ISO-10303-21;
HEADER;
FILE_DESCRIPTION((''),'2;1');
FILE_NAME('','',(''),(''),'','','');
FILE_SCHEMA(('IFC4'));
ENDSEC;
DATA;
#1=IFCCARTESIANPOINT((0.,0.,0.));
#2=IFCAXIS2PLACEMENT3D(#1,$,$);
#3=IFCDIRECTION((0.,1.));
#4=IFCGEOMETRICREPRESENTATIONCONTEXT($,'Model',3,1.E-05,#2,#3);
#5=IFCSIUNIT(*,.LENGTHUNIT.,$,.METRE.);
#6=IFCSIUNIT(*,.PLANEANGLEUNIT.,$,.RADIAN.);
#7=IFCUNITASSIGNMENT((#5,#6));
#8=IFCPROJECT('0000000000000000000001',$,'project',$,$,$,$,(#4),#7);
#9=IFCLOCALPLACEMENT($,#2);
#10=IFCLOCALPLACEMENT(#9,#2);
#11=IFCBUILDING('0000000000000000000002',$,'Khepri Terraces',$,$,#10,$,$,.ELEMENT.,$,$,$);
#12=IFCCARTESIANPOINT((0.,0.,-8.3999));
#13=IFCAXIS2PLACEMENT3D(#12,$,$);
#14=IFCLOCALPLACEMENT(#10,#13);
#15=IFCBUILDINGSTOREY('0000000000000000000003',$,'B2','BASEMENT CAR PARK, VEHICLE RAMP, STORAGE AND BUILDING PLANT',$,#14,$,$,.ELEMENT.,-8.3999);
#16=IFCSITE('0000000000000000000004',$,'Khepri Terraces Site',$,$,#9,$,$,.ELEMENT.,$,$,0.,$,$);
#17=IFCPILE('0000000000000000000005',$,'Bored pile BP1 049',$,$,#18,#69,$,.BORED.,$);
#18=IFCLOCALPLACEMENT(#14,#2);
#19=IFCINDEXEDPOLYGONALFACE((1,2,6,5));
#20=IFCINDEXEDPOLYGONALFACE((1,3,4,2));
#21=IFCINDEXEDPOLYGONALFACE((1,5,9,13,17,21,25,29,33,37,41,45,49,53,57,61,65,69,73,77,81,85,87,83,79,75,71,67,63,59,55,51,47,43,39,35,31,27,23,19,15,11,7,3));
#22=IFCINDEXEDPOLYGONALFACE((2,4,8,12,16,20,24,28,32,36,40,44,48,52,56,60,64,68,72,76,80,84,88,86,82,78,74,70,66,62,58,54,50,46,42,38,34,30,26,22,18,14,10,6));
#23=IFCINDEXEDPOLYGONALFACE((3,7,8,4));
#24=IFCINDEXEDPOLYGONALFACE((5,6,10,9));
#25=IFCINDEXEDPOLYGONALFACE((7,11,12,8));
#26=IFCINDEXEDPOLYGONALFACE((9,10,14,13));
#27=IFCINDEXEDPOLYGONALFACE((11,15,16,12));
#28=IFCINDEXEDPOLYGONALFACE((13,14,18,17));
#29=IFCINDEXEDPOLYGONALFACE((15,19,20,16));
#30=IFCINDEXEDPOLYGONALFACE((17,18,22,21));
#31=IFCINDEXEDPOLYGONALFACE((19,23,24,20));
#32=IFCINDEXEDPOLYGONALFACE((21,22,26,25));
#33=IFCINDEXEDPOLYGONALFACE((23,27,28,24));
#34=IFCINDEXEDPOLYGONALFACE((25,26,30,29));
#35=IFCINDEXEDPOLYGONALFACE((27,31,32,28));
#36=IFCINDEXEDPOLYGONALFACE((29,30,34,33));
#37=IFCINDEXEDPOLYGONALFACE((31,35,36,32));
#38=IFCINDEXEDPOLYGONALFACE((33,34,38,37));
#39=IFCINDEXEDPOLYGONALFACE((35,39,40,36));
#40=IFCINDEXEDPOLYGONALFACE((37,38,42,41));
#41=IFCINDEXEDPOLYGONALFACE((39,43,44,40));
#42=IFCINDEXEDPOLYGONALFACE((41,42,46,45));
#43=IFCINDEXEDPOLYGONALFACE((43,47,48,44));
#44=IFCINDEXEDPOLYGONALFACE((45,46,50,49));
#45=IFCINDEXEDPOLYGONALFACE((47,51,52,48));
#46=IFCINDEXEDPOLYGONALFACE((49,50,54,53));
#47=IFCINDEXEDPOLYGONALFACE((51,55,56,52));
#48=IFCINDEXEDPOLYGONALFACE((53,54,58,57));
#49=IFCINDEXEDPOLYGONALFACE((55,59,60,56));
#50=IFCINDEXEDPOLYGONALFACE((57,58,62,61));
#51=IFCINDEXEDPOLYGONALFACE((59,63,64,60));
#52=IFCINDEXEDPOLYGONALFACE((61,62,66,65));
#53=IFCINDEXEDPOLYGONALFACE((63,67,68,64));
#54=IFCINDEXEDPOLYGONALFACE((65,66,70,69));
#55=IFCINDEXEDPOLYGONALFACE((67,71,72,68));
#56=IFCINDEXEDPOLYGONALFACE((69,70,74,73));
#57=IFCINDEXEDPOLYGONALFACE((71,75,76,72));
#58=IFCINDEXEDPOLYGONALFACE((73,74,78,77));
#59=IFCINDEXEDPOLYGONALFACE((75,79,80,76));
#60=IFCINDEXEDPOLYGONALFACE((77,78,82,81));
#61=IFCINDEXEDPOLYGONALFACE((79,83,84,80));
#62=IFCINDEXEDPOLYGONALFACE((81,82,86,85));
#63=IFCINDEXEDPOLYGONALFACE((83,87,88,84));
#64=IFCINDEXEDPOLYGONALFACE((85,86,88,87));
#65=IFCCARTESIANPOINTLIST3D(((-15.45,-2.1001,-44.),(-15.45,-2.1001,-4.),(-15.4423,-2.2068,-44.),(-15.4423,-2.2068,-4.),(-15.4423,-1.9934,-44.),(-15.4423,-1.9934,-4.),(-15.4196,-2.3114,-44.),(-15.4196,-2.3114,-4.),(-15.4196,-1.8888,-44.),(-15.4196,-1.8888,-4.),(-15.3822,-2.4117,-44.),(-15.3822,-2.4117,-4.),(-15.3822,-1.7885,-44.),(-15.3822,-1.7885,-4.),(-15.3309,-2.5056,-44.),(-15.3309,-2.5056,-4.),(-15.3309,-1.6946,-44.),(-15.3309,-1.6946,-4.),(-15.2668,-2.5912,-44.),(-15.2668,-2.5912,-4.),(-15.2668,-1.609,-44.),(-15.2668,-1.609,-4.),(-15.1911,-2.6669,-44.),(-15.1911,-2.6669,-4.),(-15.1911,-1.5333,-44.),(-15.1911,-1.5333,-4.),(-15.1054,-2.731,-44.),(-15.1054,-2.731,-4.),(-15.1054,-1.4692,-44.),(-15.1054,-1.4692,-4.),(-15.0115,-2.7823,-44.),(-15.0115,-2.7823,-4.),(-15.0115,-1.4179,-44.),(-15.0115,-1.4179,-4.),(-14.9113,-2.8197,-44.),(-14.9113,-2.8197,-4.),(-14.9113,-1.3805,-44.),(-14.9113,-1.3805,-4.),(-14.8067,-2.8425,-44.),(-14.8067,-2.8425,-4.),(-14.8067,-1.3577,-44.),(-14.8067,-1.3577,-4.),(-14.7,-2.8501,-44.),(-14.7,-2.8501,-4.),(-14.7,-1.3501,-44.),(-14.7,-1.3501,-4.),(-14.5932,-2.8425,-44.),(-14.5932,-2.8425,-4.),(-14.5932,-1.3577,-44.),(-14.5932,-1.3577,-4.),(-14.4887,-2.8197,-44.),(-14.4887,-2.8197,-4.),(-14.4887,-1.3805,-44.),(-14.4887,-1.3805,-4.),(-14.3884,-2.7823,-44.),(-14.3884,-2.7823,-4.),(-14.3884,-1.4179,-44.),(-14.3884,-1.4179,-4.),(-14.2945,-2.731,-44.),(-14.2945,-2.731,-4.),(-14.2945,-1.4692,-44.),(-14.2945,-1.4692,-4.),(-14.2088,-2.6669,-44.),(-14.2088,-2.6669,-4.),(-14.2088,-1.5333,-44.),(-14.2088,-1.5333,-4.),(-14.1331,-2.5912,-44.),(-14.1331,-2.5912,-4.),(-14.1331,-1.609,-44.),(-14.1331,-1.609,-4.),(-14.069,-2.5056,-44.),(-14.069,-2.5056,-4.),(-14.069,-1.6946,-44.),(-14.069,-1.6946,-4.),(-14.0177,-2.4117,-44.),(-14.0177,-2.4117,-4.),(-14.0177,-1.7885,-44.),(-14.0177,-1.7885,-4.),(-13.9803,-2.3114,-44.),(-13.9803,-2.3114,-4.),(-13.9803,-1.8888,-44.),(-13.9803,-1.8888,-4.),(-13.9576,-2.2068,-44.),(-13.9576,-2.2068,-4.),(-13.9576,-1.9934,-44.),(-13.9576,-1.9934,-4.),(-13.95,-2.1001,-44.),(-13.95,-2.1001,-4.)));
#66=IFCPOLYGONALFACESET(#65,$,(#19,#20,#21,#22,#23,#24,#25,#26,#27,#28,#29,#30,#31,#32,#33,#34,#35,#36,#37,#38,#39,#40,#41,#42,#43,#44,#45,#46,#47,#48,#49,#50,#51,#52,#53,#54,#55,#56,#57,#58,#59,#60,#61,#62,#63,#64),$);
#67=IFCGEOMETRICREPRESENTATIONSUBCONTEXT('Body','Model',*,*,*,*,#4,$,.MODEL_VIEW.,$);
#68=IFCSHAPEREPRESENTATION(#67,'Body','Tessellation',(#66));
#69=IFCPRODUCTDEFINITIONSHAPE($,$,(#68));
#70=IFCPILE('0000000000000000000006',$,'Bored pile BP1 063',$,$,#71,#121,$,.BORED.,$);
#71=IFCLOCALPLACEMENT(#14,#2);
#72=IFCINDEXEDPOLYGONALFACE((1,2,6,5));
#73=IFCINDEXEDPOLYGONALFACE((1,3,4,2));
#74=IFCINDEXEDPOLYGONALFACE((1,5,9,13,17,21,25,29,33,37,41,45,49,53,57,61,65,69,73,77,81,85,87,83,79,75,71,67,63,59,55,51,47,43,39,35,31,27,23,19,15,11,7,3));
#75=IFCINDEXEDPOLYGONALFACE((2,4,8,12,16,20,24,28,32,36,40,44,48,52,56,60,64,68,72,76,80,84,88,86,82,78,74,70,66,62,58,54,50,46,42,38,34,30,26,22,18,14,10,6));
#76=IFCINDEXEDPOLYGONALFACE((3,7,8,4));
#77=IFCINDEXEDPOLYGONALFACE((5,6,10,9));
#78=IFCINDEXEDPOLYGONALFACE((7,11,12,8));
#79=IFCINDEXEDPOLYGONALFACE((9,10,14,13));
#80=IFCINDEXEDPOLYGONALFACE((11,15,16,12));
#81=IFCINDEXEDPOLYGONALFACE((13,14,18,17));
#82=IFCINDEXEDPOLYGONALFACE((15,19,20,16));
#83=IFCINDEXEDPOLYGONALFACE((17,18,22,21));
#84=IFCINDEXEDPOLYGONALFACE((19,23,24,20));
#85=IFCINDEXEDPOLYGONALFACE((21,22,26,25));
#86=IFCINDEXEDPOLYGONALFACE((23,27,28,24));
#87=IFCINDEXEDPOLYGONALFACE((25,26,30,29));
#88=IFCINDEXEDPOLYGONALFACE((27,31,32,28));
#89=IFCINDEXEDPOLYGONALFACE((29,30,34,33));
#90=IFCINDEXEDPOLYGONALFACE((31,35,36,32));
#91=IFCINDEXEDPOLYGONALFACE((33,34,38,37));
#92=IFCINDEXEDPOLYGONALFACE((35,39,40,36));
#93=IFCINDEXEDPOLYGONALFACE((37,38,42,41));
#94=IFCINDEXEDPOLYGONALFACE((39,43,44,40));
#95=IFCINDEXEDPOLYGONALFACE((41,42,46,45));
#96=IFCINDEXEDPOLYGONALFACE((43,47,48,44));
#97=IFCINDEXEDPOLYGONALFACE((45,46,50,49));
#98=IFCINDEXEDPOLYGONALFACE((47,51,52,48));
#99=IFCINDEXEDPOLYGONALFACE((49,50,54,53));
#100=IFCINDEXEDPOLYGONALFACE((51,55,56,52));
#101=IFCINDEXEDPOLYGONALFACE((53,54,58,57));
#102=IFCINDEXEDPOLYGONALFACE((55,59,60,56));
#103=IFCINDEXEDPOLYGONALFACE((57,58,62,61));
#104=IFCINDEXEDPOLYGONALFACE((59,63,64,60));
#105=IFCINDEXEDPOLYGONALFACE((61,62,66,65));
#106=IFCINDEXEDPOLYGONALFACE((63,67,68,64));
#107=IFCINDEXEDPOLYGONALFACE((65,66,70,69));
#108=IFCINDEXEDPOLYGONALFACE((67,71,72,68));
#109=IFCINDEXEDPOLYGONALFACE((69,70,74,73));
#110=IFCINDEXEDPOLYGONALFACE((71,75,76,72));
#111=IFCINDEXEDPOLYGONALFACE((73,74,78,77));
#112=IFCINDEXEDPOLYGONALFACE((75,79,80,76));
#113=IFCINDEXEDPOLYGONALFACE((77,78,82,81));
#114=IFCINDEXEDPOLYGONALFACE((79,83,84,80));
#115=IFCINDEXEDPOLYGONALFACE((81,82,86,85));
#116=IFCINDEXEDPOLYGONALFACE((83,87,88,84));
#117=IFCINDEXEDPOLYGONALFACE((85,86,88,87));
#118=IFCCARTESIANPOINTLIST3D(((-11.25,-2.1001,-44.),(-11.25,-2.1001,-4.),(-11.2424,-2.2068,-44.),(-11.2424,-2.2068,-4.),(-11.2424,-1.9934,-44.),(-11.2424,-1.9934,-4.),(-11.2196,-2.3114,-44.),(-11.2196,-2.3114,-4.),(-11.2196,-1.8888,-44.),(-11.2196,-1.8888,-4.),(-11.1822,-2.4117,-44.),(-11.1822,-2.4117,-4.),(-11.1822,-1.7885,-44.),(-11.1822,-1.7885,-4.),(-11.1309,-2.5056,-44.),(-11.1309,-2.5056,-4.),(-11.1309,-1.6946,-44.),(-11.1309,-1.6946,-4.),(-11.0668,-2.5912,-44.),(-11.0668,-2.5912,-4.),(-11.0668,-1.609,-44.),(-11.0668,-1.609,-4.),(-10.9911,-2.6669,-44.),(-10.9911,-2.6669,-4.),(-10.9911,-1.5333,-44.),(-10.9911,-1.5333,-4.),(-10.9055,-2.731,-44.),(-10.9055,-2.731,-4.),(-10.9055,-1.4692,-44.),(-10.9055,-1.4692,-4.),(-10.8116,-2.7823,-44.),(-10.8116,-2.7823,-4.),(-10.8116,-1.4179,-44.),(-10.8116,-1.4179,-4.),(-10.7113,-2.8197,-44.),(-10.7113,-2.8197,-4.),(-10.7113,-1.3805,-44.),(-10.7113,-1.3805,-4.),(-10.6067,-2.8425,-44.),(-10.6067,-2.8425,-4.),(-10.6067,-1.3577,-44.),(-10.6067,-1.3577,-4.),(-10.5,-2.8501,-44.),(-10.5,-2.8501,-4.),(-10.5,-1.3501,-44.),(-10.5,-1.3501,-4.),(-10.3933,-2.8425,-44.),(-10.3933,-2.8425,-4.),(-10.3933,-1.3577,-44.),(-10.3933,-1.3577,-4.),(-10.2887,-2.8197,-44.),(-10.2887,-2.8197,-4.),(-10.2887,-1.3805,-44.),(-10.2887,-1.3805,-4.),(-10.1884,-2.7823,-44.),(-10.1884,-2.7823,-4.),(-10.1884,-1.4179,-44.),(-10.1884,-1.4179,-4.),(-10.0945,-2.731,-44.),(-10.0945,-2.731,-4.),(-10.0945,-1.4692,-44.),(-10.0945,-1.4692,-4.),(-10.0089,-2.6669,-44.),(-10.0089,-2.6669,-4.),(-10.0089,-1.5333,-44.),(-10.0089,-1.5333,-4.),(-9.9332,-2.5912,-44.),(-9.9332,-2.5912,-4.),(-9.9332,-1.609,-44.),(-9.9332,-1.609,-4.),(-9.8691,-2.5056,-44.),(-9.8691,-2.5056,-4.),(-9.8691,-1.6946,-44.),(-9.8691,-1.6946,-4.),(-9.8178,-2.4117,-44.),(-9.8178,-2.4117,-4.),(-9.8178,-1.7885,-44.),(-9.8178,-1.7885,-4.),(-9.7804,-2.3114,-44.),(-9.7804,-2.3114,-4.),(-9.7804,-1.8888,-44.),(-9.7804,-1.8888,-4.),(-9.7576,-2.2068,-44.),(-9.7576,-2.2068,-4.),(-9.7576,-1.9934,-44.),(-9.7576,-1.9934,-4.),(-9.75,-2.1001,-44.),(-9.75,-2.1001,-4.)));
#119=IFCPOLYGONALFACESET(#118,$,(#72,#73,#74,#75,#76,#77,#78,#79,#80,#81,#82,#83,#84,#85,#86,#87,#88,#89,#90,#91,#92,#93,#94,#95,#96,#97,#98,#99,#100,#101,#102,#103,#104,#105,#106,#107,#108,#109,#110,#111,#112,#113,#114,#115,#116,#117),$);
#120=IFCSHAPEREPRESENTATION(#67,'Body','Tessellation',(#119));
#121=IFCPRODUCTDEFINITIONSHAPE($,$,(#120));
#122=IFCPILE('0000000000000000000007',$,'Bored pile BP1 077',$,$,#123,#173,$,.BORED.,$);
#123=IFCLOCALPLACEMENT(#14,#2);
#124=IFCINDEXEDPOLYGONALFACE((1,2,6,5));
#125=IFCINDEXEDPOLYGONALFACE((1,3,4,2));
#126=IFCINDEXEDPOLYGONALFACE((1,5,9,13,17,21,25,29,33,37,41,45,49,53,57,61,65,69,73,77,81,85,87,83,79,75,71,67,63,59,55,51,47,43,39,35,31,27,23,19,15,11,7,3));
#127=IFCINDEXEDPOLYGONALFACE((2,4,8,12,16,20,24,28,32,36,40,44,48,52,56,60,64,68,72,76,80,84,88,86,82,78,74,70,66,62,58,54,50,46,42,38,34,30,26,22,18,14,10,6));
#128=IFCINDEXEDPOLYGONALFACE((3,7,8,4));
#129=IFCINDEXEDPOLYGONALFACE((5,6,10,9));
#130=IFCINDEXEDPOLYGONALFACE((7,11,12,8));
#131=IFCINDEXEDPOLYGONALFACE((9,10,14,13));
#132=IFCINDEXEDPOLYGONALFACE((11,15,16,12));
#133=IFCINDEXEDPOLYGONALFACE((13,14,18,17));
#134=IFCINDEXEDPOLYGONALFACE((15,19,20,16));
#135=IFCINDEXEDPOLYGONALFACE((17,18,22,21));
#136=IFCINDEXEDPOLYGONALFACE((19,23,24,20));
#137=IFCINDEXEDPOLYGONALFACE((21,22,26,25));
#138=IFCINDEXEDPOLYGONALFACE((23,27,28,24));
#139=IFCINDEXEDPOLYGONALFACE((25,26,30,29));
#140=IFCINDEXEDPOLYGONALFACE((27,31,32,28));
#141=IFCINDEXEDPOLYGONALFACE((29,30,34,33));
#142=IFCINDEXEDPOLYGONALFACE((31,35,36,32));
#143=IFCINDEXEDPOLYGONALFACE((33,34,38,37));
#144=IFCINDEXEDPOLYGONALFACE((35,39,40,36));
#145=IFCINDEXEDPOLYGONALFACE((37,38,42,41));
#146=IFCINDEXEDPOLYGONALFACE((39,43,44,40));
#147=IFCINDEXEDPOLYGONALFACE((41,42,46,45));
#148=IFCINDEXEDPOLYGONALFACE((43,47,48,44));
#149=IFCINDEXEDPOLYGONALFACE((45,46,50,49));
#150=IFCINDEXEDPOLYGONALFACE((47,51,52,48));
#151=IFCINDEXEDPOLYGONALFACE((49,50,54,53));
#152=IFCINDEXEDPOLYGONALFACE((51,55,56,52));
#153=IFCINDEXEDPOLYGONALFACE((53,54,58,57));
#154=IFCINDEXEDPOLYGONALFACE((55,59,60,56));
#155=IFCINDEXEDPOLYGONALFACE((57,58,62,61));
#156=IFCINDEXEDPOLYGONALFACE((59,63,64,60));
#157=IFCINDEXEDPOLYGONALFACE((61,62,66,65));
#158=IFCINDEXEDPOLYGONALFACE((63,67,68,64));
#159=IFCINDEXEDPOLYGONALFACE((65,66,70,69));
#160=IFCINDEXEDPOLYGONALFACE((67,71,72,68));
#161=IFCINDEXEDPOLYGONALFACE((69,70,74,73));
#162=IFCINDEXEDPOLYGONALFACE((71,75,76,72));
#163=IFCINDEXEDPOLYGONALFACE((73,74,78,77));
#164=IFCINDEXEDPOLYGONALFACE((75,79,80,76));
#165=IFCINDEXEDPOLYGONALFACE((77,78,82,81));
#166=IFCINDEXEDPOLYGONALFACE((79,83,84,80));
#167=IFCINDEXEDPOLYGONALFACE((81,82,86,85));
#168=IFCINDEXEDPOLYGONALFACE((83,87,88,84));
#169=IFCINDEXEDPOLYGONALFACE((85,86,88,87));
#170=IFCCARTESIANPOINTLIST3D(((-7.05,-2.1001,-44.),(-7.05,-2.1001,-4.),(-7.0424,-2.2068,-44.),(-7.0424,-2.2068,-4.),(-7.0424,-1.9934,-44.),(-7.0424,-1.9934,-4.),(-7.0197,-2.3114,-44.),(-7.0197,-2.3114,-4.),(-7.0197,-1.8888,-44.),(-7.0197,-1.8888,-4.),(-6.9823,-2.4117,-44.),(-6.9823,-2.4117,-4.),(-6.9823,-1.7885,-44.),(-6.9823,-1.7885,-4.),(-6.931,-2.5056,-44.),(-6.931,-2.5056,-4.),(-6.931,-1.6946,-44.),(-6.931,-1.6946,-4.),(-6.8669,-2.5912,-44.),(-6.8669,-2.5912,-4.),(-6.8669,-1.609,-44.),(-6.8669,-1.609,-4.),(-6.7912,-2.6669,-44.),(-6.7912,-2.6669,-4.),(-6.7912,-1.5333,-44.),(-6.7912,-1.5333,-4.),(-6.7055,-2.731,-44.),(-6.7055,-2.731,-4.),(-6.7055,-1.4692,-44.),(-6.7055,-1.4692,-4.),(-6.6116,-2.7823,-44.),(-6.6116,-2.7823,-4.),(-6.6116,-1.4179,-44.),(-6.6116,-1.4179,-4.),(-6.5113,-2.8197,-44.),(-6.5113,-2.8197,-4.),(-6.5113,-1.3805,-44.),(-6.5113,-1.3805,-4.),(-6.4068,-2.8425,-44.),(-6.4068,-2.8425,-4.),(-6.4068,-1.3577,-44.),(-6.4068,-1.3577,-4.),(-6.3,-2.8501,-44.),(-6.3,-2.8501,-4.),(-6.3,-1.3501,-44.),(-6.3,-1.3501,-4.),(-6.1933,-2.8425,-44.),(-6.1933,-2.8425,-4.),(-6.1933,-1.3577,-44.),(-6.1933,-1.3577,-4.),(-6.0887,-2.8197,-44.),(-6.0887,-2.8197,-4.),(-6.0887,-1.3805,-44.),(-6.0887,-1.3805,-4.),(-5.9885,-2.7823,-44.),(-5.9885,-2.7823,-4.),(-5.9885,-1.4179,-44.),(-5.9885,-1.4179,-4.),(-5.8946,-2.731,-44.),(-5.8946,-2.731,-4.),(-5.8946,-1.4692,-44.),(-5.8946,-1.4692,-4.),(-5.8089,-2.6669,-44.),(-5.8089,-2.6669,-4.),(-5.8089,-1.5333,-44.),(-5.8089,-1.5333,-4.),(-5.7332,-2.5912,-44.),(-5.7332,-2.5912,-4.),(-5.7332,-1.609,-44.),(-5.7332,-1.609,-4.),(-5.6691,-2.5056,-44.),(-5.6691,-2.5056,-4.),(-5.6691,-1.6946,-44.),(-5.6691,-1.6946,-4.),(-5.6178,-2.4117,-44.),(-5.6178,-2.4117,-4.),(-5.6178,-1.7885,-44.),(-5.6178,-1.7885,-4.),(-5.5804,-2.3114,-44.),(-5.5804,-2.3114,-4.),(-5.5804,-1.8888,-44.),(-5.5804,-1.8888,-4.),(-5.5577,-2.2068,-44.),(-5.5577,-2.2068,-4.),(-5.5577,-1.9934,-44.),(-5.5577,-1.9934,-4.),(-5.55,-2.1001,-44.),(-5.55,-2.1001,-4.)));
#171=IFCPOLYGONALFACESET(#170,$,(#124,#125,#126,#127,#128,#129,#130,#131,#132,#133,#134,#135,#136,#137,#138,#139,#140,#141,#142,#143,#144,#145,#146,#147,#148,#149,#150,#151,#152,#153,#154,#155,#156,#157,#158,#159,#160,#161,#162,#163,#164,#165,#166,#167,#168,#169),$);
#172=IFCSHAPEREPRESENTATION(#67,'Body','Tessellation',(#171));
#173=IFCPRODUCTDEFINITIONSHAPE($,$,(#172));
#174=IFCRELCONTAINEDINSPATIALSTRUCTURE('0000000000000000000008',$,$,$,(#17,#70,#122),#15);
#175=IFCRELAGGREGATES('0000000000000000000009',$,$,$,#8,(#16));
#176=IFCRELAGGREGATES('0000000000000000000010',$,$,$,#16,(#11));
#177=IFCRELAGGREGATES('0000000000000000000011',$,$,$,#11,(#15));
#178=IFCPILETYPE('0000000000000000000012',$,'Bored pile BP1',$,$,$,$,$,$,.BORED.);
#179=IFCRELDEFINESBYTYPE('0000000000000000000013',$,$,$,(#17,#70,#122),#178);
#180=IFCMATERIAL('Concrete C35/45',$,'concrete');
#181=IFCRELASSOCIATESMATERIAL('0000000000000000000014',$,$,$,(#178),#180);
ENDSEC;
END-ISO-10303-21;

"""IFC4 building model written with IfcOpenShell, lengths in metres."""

from ifc_helpers import new_model, si_unit, direction, frame, origin, origin_2d, place, context, subcontext, project, spatial, circle, extrude, material, material_profile, profile_set, type_object, element, save


model = new_model("IFC4")

# Units and contexts
model_context = context("Model", 3, precision=1e-05, world=origin(), true_north=direction((0.0, 1.0)))
body_context = subcontext(model_context, "Body", "Model", "MODEL_VIEW")
ifc_project = project(units=[si_unit("LENGTHUNIT", "METRE"), si_unit("PLANEANGLEUNIT", "RADIAN")], contexts=[model_context])

# Site, building, storey
site_placement = place(None, origin())
site = spatial("IfcSite", under=ifc_project, at=site_placement, Name="Khepri Terraces Site", CompositionType="ELEMENT", RefElevation=0.0)
building_placement = place(site_placement, origin())
building = spatial("IfcBuilding", under=site, at=building_placement, Name="Khepri Terraces", CompositionType="ELEMENT")
storey_placement = place(building_placement, frame((0.0, 0.0, -8.3999)))
storey = spatial("IfcBuildingStorey", under=building, at=storey_placement, Name="B2", Description="BASEMENT CAR PARK, VEHICLE RAMP, STORAGE AND BUILDING PLANT", CompositionType="ELEMENT", Elevation=-8.3999)

# Piles
ifc_material_1 = material(Name="Concrete C35/45", Category="concrete")
ifc_material_profile = material_profile(ifc_material_1, circle(Radius=0.75, at=origin_2d()), Name="Concrete C35/45", Category="concrete")
ifc_profile_set = profile_set([ifc_material_profile], Name="Concrete C35/45")
pile_type = type_object("IfcPileType", Name="Bored pile BP1", PredefinedType="BORED", material=ifc_profile_set)
for number, where, z_axis, x_axis, name in (
    (1, (-14.7, -2.1001, -4.0), (0.0, 0.0, -1.0), (1.0, 0.0, 0.0), "Bored pile BP1 049"),
    (2, (-10.5, -2.1001, -4.0), (0.0, 0.0, -1.0), (1.0, 0.0, 0.0), "Bored pile BP1 063"),
    (3, (-6.3, -2.1001, -4.0), (0.0, 0.0, -1.0), (1.0, 0.0, 0.0), "Bored pile BP1 077"),
):
    element("IfcPile", number, at=place(storey_placement, frame(where, z_axis=z_axis, x_axis=x_axis)), inside=storey, type_object=pile_type, Name=name, PredefinedType="BORED", context=body_context, shape_type="SweptSolid", body=[
        extrude(circle(Radius=0.75, at=origin_2d()), origin(), (0.0, 0.0, 1.0), 40.0),
    ])

save(model, "model.ifc")
